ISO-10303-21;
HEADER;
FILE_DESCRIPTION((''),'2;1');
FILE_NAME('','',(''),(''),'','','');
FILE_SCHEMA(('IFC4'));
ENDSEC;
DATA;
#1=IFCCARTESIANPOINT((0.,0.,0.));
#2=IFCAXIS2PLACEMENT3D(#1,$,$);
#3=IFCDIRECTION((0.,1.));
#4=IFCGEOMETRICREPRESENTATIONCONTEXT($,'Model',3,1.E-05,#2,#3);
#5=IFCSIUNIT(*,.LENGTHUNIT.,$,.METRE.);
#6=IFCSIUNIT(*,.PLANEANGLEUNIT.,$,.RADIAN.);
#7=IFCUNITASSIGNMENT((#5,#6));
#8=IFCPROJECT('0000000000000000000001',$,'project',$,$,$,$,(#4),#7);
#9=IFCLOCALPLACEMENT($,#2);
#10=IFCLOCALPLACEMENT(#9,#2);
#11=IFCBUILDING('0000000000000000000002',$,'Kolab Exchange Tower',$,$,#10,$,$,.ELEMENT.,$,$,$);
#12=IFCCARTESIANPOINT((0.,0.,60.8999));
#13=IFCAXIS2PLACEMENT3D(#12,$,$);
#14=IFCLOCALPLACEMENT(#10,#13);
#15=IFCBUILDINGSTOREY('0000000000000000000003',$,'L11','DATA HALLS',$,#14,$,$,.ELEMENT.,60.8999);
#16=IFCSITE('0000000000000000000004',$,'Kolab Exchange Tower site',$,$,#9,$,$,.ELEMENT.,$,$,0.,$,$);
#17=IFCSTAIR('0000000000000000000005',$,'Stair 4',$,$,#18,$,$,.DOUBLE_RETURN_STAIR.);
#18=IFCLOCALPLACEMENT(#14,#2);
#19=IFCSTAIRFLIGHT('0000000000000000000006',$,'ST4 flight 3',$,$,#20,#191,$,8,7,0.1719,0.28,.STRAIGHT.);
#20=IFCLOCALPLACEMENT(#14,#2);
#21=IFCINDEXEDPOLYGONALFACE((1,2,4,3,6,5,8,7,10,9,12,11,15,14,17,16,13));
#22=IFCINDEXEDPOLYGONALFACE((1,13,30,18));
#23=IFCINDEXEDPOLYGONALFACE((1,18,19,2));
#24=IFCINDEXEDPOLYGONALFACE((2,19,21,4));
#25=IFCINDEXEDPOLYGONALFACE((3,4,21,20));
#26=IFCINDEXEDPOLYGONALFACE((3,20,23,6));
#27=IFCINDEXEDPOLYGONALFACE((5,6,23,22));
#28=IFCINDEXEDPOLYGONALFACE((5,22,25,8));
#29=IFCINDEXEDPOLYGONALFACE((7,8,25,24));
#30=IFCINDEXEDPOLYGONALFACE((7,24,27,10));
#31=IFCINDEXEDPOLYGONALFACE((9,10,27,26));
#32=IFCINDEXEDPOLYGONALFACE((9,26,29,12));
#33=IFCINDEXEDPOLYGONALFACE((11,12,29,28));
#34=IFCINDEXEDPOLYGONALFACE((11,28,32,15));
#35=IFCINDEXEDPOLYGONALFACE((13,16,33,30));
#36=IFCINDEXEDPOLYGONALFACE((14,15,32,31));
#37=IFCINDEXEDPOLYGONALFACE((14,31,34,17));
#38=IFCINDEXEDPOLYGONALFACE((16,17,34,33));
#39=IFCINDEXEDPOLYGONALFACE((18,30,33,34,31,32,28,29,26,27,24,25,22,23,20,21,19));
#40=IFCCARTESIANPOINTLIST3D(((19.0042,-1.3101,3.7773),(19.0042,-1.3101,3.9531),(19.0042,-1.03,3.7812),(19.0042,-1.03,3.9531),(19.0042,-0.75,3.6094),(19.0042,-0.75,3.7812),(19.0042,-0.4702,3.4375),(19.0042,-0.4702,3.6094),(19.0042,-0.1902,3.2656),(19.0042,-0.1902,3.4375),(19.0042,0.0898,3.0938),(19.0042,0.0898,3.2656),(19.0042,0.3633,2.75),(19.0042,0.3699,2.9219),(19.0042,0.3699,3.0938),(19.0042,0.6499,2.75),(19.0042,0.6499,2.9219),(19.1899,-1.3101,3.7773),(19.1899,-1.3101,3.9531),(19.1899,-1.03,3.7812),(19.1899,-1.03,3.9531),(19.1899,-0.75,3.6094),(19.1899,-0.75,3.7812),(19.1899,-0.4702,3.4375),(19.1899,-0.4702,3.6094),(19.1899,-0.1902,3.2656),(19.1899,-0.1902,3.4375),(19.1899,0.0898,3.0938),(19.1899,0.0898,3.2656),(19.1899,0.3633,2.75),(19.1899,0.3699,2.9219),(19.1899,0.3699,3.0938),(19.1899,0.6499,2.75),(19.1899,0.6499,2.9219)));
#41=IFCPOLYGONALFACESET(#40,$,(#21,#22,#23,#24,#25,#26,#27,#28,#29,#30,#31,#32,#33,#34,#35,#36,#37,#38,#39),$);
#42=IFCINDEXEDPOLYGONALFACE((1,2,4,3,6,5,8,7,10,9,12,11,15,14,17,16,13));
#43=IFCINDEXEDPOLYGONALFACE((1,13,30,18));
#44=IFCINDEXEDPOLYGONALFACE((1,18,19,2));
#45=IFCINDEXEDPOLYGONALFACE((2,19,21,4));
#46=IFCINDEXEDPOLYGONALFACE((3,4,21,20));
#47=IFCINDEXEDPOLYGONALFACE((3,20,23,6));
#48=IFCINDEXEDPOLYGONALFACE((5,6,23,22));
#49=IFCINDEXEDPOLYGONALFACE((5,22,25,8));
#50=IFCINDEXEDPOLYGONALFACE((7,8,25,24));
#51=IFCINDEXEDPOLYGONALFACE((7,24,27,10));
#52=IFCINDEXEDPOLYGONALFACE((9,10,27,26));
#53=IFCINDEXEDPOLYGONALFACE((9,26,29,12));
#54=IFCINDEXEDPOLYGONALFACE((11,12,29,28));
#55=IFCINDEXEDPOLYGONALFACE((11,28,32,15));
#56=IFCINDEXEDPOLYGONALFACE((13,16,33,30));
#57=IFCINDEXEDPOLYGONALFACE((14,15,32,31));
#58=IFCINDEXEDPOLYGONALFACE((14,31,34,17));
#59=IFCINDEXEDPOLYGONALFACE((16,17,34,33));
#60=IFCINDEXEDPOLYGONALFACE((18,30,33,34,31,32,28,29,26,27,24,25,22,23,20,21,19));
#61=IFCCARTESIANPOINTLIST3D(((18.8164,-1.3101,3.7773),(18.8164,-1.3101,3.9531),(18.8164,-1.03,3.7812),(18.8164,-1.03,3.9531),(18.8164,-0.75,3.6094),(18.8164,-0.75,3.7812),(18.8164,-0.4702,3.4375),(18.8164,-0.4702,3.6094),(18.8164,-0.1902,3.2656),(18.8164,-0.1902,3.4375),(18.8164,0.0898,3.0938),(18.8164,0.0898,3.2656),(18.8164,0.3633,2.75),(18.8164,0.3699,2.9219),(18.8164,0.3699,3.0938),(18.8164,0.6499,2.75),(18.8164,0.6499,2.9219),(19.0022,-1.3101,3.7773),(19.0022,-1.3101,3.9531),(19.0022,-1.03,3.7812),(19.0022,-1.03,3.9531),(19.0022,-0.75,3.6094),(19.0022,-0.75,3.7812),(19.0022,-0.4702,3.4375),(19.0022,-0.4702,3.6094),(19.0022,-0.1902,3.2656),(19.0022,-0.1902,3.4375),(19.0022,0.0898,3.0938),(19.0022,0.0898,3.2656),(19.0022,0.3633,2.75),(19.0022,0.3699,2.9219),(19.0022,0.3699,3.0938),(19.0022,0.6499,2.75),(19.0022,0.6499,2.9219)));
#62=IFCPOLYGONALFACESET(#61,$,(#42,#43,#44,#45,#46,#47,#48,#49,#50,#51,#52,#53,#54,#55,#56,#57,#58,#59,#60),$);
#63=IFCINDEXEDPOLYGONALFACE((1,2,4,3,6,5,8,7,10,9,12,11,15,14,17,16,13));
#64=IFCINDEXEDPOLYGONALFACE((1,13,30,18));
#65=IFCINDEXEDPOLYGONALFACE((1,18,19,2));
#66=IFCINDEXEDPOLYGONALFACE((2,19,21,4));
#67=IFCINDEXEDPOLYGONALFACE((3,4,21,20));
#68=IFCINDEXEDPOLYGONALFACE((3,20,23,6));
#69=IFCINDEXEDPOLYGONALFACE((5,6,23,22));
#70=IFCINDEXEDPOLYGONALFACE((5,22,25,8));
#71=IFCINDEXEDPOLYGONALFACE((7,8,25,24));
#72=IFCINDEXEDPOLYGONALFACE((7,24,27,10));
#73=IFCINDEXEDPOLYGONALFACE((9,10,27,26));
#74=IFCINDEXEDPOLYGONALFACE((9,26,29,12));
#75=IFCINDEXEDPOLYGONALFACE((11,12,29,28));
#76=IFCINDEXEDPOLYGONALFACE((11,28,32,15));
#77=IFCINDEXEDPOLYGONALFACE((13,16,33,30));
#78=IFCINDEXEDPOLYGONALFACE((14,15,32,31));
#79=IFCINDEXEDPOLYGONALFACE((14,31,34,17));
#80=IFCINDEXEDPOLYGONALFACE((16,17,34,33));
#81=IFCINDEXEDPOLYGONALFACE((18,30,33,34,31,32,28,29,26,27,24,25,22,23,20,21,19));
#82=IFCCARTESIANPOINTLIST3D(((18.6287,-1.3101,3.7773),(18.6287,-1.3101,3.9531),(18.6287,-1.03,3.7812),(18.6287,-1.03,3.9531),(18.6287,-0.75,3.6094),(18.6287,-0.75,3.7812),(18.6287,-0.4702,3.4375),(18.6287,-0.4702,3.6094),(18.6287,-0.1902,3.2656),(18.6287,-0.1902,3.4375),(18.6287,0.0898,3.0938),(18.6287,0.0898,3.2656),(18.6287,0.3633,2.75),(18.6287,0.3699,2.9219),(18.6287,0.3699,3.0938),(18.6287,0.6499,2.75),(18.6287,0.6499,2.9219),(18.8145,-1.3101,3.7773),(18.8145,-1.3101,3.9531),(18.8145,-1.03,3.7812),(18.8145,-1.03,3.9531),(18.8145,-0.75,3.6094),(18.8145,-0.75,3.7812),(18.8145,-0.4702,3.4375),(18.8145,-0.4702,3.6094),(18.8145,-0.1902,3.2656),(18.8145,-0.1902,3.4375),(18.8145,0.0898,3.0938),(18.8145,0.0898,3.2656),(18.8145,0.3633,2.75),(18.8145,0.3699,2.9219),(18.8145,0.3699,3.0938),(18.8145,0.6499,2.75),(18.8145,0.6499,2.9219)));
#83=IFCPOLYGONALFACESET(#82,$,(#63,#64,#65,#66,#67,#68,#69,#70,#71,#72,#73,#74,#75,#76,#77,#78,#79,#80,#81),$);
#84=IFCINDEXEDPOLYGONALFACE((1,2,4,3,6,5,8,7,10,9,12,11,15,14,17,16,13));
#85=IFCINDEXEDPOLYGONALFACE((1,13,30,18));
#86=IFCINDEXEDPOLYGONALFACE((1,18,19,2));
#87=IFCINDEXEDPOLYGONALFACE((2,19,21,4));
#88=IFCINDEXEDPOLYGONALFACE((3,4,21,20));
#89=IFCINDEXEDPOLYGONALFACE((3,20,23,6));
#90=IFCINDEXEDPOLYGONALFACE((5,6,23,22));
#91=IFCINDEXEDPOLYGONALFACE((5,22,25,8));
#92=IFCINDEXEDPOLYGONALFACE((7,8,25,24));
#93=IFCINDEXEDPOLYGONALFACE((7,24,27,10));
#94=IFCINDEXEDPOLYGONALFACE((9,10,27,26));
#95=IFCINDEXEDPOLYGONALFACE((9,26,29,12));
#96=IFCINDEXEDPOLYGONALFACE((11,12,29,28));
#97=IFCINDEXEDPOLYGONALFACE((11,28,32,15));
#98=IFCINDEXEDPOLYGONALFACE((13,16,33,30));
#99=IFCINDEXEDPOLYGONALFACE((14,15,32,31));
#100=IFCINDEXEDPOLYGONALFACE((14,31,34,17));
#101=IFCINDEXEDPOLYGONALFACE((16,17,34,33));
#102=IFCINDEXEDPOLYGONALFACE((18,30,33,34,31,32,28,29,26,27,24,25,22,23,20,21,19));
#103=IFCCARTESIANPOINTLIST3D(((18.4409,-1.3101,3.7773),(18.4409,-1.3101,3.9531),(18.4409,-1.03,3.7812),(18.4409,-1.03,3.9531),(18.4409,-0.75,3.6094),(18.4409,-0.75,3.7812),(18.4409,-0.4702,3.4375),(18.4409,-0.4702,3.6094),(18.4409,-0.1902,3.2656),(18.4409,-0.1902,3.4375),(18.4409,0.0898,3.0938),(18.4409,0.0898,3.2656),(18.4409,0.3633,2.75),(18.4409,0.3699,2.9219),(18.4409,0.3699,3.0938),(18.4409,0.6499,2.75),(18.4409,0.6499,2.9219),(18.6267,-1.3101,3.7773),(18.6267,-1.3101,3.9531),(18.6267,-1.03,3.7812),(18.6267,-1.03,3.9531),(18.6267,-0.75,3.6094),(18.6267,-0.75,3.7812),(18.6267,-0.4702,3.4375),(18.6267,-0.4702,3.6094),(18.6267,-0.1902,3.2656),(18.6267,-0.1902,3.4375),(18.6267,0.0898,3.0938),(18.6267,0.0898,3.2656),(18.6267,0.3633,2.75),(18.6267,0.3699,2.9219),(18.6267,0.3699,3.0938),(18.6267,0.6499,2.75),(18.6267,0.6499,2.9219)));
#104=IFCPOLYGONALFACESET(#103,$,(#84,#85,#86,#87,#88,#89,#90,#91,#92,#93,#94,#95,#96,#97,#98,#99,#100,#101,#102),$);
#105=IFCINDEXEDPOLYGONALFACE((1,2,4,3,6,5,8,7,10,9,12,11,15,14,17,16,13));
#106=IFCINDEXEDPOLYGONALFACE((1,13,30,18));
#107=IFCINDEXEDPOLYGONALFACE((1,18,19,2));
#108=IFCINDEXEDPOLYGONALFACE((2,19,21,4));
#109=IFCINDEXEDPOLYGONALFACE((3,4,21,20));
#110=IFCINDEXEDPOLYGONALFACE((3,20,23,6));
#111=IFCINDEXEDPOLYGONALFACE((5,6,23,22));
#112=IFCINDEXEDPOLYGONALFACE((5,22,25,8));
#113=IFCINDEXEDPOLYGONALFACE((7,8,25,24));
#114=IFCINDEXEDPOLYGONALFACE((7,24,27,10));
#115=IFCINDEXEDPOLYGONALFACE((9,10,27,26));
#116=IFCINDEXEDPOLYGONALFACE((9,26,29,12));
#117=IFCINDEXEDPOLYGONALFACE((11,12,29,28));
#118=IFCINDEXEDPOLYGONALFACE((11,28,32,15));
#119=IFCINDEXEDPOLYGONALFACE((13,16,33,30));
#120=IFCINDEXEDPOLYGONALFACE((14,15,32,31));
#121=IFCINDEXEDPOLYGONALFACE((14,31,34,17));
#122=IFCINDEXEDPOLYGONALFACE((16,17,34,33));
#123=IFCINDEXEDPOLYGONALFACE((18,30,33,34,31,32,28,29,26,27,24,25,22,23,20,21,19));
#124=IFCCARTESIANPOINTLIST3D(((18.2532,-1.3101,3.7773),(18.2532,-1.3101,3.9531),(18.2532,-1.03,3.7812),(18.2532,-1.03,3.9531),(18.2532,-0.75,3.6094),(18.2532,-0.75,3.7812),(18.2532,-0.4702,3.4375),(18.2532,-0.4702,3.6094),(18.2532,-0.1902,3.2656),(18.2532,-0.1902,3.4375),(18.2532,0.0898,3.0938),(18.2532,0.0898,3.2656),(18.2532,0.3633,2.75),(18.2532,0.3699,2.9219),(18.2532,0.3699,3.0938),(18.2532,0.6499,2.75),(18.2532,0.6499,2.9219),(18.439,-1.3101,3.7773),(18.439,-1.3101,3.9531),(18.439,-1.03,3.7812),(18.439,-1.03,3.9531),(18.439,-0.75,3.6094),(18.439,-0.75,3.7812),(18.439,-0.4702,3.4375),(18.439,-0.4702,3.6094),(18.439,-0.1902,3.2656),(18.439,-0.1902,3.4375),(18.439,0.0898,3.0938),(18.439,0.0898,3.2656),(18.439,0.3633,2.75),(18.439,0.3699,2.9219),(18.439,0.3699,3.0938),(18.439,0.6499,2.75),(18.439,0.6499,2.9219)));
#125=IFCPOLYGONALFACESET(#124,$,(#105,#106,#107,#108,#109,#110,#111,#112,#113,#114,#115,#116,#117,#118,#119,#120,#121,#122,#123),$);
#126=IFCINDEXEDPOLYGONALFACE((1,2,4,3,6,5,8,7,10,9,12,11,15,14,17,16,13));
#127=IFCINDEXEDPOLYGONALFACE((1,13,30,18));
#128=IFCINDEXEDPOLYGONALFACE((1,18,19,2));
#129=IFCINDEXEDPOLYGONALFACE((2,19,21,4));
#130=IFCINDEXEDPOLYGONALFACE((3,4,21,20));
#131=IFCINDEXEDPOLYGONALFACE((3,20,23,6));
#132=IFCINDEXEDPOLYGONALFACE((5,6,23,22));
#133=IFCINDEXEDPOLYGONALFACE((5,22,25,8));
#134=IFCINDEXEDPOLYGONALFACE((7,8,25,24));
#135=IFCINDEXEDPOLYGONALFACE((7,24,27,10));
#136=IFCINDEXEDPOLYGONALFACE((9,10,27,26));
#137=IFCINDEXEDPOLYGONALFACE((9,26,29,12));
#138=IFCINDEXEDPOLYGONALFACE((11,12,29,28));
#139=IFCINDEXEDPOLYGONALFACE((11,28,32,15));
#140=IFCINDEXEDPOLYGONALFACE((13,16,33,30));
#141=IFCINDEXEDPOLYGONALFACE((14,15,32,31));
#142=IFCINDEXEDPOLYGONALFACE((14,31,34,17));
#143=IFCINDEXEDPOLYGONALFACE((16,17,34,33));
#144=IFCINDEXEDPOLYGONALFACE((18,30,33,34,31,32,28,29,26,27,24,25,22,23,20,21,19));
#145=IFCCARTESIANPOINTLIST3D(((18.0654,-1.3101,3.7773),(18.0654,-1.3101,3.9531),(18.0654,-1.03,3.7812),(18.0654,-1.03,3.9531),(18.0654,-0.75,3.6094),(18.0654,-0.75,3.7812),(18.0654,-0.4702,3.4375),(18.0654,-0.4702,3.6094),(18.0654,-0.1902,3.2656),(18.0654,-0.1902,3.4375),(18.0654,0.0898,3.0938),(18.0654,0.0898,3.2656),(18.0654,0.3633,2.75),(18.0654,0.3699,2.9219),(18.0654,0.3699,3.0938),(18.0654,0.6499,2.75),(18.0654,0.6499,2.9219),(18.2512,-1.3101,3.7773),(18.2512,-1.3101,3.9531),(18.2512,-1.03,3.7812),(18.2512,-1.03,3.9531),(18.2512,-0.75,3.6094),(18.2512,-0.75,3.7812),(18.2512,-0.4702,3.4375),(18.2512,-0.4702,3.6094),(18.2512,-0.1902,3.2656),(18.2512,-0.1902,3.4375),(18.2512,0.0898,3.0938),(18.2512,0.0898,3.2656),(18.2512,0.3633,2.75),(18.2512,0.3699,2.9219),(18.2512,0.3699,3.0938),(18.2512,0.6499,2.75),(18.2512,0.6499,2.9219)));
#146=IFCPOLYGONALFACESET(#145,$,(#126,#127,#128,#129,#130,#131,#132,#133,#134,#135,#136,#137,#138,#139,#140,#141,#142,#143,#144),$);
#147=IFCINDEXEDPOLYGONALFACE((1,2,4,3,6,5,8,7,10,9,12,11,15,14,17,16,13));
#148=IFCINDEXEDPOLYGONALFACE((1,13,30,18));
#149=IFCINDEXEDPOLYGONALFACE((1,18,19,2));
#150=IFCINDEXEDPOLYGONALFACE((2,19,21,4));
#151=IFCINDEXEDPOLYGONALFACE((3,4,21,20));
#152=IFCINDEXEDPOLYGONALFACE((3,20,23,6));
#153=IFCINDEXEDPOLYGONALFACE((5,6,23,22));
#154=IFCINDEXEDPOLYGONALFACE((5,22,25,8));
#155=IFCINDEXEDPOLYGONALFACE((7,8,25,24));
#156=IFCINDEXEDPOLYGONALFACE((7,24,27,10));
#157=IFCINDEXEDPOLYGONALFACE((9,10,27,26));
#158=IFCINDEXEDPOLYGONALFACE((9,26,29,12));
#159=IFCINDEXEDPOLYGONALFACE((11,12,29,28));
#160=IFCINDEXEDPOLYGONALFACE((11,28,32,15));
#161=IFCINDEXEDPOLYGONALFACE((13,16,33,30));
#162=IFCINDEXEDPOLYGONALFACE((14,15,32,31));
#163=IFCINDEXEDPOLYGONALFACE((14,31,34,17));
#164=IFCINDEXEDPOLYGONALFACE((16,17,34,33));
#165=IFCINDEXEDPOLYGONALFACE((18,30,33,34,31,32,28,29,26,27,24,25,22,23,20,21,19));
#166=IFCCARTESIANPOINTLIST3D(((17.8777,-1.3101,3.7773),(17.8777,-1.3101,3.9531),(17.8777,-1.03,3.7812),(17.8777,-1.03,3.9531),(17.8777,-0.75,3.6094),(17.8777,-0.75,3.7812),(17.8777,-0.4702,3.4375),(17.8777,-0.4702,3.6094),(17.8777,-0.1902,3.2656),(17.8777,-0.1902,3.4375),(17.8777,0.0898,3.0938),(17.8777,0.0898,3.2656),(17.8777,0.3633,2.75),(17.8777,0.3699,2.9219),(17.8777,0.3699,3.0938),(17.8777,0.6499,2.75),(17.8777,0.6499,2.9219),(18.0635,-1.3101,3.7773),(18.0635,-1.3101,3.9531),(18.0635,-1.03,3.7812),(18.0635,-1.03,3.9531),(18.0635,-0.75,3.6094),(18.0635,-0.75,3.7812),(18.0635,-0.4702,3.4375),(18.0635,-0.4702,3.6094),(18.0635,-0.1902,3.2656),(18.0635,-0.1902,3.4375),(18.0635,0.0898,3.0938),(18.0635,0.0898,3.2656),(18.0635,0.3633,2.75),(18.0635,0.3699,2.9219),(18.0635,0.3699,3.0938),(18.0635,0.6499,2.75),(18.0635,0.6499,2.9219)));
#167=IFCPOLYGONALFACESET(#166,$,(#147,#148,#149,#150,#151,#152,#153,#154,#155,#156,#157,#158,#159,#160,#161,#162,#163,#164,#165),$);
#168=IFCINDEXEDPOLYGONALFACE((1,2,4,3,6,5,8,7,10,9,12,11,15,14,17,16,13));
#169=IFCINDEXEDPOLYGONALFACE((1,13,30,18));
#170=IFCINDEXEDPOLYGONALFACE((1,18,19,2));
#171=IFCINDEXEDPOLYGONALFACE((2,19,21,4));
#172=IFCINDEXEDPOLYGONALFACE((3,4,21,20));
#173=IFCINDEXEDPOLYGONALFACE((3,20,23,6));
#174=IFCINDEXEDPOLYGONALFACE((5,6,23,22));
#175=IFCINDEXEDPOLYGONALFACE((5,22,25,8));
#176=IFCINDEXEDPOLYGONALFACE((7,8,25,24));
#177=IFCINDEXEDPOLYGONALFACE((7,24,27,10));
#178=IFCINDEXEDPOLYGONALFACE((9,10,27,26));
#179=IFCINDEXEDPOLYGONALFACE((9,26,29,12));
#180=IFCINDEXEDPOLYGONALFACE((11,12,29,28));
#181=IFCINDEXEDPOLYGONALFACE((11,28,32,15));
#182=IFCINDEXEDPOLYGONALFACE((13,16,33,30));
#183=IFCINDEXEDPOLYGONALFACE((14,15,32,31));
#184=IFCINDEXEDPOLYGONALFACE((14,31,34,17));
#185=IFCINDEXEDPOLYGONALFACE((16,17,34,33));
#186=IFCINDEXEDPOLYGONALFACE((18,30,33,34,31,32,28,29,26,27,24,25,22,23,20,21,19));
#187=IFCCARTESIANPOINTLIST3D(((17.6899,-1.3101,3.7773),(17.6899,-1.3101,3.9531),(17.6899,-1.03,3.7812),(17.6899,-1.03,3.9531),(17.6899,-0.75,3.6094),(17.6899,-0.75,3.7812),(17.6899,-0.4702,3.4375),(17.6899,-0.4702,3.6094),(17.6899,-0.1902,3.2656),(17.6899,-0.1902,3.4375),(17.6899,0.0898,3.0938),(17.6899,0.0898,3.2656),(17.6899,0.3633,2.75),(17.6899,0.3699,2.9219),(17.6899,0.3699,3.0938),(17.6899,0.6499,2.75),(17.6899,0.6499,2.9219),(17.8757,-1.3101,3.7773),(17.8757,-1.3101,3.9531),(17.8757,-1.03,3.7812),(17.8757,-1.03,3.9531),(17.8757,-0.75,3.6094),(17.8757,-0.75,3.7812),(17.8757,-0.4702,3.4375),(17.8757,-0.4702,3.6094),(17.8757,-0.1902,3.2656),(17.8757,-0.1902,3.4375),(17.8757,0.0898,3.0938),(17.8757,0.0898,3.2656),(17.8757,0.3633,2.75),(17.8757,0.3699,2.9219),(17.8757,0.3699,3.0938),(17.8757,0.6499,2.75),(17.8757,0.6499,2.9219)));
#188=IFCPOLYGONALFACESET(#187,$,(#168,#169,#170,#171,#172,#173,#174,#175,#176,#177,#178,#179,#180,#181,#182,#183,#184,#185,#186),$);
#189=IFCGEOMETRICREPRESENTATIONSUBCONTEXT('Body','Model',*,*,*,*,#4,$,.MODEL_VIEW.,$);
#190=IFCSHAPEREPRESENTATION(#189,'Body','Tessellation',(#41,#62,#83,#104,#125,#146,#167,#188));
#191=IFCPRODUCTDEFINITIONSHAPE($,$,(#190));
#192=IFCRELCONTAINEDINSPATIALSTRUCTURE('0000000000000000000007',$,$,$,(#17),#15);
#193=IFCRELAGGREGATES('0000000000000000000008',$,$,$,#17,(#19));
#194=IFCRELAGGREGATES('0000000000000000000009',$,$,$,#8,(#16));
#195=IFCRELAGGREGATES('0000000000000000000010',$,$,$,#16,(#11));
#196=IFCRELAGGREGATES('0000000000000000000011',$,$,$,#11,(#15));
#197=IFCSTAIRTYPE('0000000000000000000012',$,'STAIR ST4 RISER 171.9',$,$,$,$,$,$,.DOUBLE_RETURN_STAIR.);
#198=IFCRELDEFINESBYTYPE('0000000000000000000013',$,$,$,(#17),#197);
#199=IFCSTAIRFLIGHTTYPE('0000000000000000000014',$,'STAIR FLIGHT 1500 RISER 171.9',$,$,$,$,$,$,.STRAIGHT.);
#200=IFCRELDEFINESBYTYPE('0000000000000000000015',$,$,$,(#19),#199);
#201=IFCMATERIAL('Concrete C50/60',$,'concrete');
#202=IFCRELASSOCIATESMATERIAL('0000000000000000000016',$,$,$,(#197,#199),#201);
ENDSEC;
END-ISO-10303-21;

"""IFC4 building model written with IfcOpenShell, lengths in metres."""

from ifc_helpers import new_model, si_unit, direction, frame, origin, place, context, subcontext, project, spatial, polyline, outline, extrude, material, type_object, element, aggregate, save


model = new_model("IFC4")

# Units and contexts
model_context = context("Model", 3, precision=1e-05, world=origin(), true_north=direction((0.0, 1.0)))
body_context = subcontext(model_context, "Body", "Model", "MODEL_VIEW")
ifc_project = project(units=[si_unit("LENGTHUNIT", "METRE"), si_unit("PLANEANGLEUNIT", "RADIAN")], contexts=[model_context])

# Site, building, storey
site_placement = place(None, origin())
site = spatial("IfcSite", under=ifc_project, at=site_placement, Name="Kolab Exchange Tower site", CompositionType="ELEMENT", RefElevation=0.0)
building_placement = place(site_placement, origin())
building = spatial("IfcBuilding", under=site, at=building_placement, Name="Kolab Exchange Tower", CompositionType="ELEMENT")
storey_placement = place(building_placement, frame((0.0, 0.0, 60.8999)))
storey = spatial("IfcBuildingStorey", under=building, at=storey_placement, Name="L11", Description="DATA HALLS", CompositionType="ELEMENT", Elevation=60.8999)

# Shared definitions
ifc_material_1 = material(Name="Concrete C50/60", Category="concrete")

# Stair, stair flight
stair_type = type_object("IfcStairType", Name="STAIR ST4 RISER 171.9", PredefinedType="DOUBLE_RETURN_STAIR", material=ifc_material_1)
stair_placement = place(storey_placement, origin())
stair = element("IfcStair", 1, at=stair_placement, inside=storey, type_object=stair_type, Name="Stair 4", PredefinedType="DOUBLE_RETURN_STAIR")
stair_flight_type = type_object("IfcStairFlightType", Name="STAIR FLIGHT 1500 RISER 171.9", PredefinedType="STRAIGHT", material=ifc_material_1)
stair_flight_1_placement = place(storey_placement, frame((18.4399, 0.6499, 2.75), z_axis=(0.0, 0.0, 1.0), x_axis=(0.0, -1.0, 0.0)))
stair_flight_1 = element("IfcStairFlight", 2, at=stair_flight_1_placement, type_object=stair_flight_type, Name="ST4 flight 3", NumberOfRisers=8, NumberOfTreads=7, PredefinedType="STRAIGHT", RiserHeight=0.1719, TreadLength=0.28, context=body_context, shape_type="SweptSolid", body=[
    extrude(outline(polyline([(0.0, 0.0), (0.0, 0.1719), (0.28, 0.1719), (0.28, 0.3438), (0.5601, 0.3438), (0.5601, 0.5156), (0.8401, 0.5156), (0.8401, 0.6875), (1.1201, 0.6875), (1.1201, 0.8594), (1.3999, 0.8594), (1.3999, 1.0312), (1.6799, 1.0312), (1.6799, 1.2031), (1.96, 1.2031), (1.96, 1.375), (1.96, 1.0273), (0.2866, 0.0), (0.0, 0.0)])), frame((0.0, 0.75, 0.0), z_axis=(0.0, -1.0, 0.0), x_axis=(1.0, 0.0, 0.0)), (0.0, 0.0, 1.0), 0.1858),
    extrude(outline(polyline([(0.0, 0.0), (0.0, 0.1719), (0.28, 0.1719), (0.28, 0.3438), (0.5601, 0.3438), (0.5601, 0.5156), (0.8401, 0.5156), (0.8401, 0.6875), (1.1201, 0.6875), (1.1201, 0.8594), (1.3999, 0.8594), (1.3999, 1.0312), (1.6799, 1.0312), (1.6799, 1.2031), (1.96, 1.2031), (1.96, 1.375), (1.96, 1.0273), (0.2866, 0.0), (0.0, 0.0)])), frame((0.0, 0.5623, 0.0), z_axis=(0.0, -1.0, 0.0), x_axis=(1.0, 0.0, 0.0)), (0.0, 0.0, 1.0), 0.1858),
    extrude(outline(polyline([(0.0, 0.0), (0.0, 0.1719), (0.28, 0.1719), (0.28, 0.3438), (0.5601, 0.3438), (0.5601, 0.5156), (0.8401, 0.5156), (0.8401, 0.6875), (1.1201, 0.6875), (1.1201, 0.8594), (1.3999, 0.8594), (1.3999, 1.0312), (1.6799, 1.0312), (1.6799, 1.2031), (1.96, 1.2031), (1.96, 1.375), (1.96, 1.0273), (0.2866, 0.0), (0.0, 0.0)])), frame((0.0, 0.3745, 0.0), z_axis=(0.0, -1.0, 0.0), x_axis=(1.0, 0.0, 0.0)), (0.0, 0.0, 1.0), 0.1858),
    extrude(outline(polyline([(0.0, 0.0), (0.0, 0.1719), (0.28, 0.1719), (0.28, 0.3438), (0.5601, 0.3438), (0.5601, 0.5156), (0.8401, 0.5156), (0.8401, 0.6875), (1.1201, 0.6875), (1.1201, 0.8594), (1.3999, 0.8594), (1.3999, 1.0312), (1.6799, 1.0312), (1.6799, 1.2031), (1.96, 1.2031), (1.96, 1.375), (1.96, 1.0273), (0.2866, 0.0), (0.0, 0.0)])), frame((0.0, 0.1868, 0.0), z_axis=(0.0, -1.0, 0.0), x_axis=(1.0, 0.0, 0.0)), (0.0, 0.0, 1.0), 0.1858),
    extrude(outline(polyline([(0.0, 0.0), (0.0, 0.1719), (0.28, 0.1719), (0.28, 0.3438), (0.5601, 0.3438), (0.5601, 0.5156), (0.8401, 0.5156), (0.8401, 0.6875), (1.1201, 0.6875), (1.1201, 0.8594), (1.3999, 0.8594), (1.3999, 1.0312), (1.6799, 1.0312), (1.6799, 1.2031), (1.96, 1.2031), (1.96, 1.375), (1.96, 1.0273), (0.2866, 0.0), (0.0, 0.0)])), frame((0.0, -0.001, 0.0), z_axis=(0.0, -1.0, 0.0), x_axis=(1.0, 0.0, 0.0)), (0.0, 0.0, 1.0), 0.1858),
    extrude(outline(polyline([(0.0, 0.0), (0.0, 0.1719), (0.28, 0.1719), (0.28, 0.3438), (0.5601, 0.3438), (0.5601, 0.5156), (0.8401, 0.5156), (0.8401, 0.6875), (1.1201, 0.6875), (1.1201, 0.8594), (1.3999, 0.8594), (1.3999, 1.0312), (1.6799, 1.0312), (1.6799, 1.2031), (1.96, 1.2031), (1.96, 1.375), (1.96, 1.0273), (0.2866, 0.0), (0.0, 0.0)])), frame((0.0, -0.1887, 0.0), z_axis=(0.0, -1.0, 0.0), x_axis=(1.0, 0.0, 0.0)), (0.0, 0.0, 1.0), 0.1858),
    extrude(outline(polyline([(0.0, 0.0), (0.0, 0.1719), (0.28, 0.1719), (0.28, 0.3438), (0.5601, 0.3438), (0.5601, 0.5156), (0.8401, 0.5156), (0.8401, 0.6875), (1.1201, 0.6875), (1.1201, 0.8594), (1.3999, 0.8594), (1.3999, 1.0312), (1.6799, 1.0312), (1.6799, 1.2031), (1.96, 1.2031), (1.96, 1.375), (1.96, 1.0273), (0.2866, 0.0), (0.0, 0.0)])), frame((0.0, -0.3765, 0.0), z_axis=(0.0, -1.0, 0.0), x_axis=(1.0, 0.0, 0.0)), (0.0, 0.0, 1.0), 0.1858),
    extrude(outline(polyline([(0.0, 0.0), (0.0, 0.1719), (0.28, 0.1719), (0.28, 0.3438), (0.5601, 0.3438), (0.5601, 0.5156), (0.8401, 0.5156), (0.8401, 0.6875), (1.1201, 0.6875), (1.1201, 0.8594), (1.3999, 0.8594), (1.3999, 1.0312), (1.6799, 1.0312), (1.6799, 1.2031), (1.96, 1.2031), (1.96, 1.375), (1.96, 1.0273), (0.2866, 0.0), (0.0, 0.0)])), frame((0.0, -0.5642, 0.0), z_axis=(0.0, -1.0, 0.0), x_axis=(1.0, 0.0, 0.0)), (0.0, 0.0, 1.0), 0.1858),
])
aggregate(stair, [stair_flight_1])

save(model, "model.ifc")
